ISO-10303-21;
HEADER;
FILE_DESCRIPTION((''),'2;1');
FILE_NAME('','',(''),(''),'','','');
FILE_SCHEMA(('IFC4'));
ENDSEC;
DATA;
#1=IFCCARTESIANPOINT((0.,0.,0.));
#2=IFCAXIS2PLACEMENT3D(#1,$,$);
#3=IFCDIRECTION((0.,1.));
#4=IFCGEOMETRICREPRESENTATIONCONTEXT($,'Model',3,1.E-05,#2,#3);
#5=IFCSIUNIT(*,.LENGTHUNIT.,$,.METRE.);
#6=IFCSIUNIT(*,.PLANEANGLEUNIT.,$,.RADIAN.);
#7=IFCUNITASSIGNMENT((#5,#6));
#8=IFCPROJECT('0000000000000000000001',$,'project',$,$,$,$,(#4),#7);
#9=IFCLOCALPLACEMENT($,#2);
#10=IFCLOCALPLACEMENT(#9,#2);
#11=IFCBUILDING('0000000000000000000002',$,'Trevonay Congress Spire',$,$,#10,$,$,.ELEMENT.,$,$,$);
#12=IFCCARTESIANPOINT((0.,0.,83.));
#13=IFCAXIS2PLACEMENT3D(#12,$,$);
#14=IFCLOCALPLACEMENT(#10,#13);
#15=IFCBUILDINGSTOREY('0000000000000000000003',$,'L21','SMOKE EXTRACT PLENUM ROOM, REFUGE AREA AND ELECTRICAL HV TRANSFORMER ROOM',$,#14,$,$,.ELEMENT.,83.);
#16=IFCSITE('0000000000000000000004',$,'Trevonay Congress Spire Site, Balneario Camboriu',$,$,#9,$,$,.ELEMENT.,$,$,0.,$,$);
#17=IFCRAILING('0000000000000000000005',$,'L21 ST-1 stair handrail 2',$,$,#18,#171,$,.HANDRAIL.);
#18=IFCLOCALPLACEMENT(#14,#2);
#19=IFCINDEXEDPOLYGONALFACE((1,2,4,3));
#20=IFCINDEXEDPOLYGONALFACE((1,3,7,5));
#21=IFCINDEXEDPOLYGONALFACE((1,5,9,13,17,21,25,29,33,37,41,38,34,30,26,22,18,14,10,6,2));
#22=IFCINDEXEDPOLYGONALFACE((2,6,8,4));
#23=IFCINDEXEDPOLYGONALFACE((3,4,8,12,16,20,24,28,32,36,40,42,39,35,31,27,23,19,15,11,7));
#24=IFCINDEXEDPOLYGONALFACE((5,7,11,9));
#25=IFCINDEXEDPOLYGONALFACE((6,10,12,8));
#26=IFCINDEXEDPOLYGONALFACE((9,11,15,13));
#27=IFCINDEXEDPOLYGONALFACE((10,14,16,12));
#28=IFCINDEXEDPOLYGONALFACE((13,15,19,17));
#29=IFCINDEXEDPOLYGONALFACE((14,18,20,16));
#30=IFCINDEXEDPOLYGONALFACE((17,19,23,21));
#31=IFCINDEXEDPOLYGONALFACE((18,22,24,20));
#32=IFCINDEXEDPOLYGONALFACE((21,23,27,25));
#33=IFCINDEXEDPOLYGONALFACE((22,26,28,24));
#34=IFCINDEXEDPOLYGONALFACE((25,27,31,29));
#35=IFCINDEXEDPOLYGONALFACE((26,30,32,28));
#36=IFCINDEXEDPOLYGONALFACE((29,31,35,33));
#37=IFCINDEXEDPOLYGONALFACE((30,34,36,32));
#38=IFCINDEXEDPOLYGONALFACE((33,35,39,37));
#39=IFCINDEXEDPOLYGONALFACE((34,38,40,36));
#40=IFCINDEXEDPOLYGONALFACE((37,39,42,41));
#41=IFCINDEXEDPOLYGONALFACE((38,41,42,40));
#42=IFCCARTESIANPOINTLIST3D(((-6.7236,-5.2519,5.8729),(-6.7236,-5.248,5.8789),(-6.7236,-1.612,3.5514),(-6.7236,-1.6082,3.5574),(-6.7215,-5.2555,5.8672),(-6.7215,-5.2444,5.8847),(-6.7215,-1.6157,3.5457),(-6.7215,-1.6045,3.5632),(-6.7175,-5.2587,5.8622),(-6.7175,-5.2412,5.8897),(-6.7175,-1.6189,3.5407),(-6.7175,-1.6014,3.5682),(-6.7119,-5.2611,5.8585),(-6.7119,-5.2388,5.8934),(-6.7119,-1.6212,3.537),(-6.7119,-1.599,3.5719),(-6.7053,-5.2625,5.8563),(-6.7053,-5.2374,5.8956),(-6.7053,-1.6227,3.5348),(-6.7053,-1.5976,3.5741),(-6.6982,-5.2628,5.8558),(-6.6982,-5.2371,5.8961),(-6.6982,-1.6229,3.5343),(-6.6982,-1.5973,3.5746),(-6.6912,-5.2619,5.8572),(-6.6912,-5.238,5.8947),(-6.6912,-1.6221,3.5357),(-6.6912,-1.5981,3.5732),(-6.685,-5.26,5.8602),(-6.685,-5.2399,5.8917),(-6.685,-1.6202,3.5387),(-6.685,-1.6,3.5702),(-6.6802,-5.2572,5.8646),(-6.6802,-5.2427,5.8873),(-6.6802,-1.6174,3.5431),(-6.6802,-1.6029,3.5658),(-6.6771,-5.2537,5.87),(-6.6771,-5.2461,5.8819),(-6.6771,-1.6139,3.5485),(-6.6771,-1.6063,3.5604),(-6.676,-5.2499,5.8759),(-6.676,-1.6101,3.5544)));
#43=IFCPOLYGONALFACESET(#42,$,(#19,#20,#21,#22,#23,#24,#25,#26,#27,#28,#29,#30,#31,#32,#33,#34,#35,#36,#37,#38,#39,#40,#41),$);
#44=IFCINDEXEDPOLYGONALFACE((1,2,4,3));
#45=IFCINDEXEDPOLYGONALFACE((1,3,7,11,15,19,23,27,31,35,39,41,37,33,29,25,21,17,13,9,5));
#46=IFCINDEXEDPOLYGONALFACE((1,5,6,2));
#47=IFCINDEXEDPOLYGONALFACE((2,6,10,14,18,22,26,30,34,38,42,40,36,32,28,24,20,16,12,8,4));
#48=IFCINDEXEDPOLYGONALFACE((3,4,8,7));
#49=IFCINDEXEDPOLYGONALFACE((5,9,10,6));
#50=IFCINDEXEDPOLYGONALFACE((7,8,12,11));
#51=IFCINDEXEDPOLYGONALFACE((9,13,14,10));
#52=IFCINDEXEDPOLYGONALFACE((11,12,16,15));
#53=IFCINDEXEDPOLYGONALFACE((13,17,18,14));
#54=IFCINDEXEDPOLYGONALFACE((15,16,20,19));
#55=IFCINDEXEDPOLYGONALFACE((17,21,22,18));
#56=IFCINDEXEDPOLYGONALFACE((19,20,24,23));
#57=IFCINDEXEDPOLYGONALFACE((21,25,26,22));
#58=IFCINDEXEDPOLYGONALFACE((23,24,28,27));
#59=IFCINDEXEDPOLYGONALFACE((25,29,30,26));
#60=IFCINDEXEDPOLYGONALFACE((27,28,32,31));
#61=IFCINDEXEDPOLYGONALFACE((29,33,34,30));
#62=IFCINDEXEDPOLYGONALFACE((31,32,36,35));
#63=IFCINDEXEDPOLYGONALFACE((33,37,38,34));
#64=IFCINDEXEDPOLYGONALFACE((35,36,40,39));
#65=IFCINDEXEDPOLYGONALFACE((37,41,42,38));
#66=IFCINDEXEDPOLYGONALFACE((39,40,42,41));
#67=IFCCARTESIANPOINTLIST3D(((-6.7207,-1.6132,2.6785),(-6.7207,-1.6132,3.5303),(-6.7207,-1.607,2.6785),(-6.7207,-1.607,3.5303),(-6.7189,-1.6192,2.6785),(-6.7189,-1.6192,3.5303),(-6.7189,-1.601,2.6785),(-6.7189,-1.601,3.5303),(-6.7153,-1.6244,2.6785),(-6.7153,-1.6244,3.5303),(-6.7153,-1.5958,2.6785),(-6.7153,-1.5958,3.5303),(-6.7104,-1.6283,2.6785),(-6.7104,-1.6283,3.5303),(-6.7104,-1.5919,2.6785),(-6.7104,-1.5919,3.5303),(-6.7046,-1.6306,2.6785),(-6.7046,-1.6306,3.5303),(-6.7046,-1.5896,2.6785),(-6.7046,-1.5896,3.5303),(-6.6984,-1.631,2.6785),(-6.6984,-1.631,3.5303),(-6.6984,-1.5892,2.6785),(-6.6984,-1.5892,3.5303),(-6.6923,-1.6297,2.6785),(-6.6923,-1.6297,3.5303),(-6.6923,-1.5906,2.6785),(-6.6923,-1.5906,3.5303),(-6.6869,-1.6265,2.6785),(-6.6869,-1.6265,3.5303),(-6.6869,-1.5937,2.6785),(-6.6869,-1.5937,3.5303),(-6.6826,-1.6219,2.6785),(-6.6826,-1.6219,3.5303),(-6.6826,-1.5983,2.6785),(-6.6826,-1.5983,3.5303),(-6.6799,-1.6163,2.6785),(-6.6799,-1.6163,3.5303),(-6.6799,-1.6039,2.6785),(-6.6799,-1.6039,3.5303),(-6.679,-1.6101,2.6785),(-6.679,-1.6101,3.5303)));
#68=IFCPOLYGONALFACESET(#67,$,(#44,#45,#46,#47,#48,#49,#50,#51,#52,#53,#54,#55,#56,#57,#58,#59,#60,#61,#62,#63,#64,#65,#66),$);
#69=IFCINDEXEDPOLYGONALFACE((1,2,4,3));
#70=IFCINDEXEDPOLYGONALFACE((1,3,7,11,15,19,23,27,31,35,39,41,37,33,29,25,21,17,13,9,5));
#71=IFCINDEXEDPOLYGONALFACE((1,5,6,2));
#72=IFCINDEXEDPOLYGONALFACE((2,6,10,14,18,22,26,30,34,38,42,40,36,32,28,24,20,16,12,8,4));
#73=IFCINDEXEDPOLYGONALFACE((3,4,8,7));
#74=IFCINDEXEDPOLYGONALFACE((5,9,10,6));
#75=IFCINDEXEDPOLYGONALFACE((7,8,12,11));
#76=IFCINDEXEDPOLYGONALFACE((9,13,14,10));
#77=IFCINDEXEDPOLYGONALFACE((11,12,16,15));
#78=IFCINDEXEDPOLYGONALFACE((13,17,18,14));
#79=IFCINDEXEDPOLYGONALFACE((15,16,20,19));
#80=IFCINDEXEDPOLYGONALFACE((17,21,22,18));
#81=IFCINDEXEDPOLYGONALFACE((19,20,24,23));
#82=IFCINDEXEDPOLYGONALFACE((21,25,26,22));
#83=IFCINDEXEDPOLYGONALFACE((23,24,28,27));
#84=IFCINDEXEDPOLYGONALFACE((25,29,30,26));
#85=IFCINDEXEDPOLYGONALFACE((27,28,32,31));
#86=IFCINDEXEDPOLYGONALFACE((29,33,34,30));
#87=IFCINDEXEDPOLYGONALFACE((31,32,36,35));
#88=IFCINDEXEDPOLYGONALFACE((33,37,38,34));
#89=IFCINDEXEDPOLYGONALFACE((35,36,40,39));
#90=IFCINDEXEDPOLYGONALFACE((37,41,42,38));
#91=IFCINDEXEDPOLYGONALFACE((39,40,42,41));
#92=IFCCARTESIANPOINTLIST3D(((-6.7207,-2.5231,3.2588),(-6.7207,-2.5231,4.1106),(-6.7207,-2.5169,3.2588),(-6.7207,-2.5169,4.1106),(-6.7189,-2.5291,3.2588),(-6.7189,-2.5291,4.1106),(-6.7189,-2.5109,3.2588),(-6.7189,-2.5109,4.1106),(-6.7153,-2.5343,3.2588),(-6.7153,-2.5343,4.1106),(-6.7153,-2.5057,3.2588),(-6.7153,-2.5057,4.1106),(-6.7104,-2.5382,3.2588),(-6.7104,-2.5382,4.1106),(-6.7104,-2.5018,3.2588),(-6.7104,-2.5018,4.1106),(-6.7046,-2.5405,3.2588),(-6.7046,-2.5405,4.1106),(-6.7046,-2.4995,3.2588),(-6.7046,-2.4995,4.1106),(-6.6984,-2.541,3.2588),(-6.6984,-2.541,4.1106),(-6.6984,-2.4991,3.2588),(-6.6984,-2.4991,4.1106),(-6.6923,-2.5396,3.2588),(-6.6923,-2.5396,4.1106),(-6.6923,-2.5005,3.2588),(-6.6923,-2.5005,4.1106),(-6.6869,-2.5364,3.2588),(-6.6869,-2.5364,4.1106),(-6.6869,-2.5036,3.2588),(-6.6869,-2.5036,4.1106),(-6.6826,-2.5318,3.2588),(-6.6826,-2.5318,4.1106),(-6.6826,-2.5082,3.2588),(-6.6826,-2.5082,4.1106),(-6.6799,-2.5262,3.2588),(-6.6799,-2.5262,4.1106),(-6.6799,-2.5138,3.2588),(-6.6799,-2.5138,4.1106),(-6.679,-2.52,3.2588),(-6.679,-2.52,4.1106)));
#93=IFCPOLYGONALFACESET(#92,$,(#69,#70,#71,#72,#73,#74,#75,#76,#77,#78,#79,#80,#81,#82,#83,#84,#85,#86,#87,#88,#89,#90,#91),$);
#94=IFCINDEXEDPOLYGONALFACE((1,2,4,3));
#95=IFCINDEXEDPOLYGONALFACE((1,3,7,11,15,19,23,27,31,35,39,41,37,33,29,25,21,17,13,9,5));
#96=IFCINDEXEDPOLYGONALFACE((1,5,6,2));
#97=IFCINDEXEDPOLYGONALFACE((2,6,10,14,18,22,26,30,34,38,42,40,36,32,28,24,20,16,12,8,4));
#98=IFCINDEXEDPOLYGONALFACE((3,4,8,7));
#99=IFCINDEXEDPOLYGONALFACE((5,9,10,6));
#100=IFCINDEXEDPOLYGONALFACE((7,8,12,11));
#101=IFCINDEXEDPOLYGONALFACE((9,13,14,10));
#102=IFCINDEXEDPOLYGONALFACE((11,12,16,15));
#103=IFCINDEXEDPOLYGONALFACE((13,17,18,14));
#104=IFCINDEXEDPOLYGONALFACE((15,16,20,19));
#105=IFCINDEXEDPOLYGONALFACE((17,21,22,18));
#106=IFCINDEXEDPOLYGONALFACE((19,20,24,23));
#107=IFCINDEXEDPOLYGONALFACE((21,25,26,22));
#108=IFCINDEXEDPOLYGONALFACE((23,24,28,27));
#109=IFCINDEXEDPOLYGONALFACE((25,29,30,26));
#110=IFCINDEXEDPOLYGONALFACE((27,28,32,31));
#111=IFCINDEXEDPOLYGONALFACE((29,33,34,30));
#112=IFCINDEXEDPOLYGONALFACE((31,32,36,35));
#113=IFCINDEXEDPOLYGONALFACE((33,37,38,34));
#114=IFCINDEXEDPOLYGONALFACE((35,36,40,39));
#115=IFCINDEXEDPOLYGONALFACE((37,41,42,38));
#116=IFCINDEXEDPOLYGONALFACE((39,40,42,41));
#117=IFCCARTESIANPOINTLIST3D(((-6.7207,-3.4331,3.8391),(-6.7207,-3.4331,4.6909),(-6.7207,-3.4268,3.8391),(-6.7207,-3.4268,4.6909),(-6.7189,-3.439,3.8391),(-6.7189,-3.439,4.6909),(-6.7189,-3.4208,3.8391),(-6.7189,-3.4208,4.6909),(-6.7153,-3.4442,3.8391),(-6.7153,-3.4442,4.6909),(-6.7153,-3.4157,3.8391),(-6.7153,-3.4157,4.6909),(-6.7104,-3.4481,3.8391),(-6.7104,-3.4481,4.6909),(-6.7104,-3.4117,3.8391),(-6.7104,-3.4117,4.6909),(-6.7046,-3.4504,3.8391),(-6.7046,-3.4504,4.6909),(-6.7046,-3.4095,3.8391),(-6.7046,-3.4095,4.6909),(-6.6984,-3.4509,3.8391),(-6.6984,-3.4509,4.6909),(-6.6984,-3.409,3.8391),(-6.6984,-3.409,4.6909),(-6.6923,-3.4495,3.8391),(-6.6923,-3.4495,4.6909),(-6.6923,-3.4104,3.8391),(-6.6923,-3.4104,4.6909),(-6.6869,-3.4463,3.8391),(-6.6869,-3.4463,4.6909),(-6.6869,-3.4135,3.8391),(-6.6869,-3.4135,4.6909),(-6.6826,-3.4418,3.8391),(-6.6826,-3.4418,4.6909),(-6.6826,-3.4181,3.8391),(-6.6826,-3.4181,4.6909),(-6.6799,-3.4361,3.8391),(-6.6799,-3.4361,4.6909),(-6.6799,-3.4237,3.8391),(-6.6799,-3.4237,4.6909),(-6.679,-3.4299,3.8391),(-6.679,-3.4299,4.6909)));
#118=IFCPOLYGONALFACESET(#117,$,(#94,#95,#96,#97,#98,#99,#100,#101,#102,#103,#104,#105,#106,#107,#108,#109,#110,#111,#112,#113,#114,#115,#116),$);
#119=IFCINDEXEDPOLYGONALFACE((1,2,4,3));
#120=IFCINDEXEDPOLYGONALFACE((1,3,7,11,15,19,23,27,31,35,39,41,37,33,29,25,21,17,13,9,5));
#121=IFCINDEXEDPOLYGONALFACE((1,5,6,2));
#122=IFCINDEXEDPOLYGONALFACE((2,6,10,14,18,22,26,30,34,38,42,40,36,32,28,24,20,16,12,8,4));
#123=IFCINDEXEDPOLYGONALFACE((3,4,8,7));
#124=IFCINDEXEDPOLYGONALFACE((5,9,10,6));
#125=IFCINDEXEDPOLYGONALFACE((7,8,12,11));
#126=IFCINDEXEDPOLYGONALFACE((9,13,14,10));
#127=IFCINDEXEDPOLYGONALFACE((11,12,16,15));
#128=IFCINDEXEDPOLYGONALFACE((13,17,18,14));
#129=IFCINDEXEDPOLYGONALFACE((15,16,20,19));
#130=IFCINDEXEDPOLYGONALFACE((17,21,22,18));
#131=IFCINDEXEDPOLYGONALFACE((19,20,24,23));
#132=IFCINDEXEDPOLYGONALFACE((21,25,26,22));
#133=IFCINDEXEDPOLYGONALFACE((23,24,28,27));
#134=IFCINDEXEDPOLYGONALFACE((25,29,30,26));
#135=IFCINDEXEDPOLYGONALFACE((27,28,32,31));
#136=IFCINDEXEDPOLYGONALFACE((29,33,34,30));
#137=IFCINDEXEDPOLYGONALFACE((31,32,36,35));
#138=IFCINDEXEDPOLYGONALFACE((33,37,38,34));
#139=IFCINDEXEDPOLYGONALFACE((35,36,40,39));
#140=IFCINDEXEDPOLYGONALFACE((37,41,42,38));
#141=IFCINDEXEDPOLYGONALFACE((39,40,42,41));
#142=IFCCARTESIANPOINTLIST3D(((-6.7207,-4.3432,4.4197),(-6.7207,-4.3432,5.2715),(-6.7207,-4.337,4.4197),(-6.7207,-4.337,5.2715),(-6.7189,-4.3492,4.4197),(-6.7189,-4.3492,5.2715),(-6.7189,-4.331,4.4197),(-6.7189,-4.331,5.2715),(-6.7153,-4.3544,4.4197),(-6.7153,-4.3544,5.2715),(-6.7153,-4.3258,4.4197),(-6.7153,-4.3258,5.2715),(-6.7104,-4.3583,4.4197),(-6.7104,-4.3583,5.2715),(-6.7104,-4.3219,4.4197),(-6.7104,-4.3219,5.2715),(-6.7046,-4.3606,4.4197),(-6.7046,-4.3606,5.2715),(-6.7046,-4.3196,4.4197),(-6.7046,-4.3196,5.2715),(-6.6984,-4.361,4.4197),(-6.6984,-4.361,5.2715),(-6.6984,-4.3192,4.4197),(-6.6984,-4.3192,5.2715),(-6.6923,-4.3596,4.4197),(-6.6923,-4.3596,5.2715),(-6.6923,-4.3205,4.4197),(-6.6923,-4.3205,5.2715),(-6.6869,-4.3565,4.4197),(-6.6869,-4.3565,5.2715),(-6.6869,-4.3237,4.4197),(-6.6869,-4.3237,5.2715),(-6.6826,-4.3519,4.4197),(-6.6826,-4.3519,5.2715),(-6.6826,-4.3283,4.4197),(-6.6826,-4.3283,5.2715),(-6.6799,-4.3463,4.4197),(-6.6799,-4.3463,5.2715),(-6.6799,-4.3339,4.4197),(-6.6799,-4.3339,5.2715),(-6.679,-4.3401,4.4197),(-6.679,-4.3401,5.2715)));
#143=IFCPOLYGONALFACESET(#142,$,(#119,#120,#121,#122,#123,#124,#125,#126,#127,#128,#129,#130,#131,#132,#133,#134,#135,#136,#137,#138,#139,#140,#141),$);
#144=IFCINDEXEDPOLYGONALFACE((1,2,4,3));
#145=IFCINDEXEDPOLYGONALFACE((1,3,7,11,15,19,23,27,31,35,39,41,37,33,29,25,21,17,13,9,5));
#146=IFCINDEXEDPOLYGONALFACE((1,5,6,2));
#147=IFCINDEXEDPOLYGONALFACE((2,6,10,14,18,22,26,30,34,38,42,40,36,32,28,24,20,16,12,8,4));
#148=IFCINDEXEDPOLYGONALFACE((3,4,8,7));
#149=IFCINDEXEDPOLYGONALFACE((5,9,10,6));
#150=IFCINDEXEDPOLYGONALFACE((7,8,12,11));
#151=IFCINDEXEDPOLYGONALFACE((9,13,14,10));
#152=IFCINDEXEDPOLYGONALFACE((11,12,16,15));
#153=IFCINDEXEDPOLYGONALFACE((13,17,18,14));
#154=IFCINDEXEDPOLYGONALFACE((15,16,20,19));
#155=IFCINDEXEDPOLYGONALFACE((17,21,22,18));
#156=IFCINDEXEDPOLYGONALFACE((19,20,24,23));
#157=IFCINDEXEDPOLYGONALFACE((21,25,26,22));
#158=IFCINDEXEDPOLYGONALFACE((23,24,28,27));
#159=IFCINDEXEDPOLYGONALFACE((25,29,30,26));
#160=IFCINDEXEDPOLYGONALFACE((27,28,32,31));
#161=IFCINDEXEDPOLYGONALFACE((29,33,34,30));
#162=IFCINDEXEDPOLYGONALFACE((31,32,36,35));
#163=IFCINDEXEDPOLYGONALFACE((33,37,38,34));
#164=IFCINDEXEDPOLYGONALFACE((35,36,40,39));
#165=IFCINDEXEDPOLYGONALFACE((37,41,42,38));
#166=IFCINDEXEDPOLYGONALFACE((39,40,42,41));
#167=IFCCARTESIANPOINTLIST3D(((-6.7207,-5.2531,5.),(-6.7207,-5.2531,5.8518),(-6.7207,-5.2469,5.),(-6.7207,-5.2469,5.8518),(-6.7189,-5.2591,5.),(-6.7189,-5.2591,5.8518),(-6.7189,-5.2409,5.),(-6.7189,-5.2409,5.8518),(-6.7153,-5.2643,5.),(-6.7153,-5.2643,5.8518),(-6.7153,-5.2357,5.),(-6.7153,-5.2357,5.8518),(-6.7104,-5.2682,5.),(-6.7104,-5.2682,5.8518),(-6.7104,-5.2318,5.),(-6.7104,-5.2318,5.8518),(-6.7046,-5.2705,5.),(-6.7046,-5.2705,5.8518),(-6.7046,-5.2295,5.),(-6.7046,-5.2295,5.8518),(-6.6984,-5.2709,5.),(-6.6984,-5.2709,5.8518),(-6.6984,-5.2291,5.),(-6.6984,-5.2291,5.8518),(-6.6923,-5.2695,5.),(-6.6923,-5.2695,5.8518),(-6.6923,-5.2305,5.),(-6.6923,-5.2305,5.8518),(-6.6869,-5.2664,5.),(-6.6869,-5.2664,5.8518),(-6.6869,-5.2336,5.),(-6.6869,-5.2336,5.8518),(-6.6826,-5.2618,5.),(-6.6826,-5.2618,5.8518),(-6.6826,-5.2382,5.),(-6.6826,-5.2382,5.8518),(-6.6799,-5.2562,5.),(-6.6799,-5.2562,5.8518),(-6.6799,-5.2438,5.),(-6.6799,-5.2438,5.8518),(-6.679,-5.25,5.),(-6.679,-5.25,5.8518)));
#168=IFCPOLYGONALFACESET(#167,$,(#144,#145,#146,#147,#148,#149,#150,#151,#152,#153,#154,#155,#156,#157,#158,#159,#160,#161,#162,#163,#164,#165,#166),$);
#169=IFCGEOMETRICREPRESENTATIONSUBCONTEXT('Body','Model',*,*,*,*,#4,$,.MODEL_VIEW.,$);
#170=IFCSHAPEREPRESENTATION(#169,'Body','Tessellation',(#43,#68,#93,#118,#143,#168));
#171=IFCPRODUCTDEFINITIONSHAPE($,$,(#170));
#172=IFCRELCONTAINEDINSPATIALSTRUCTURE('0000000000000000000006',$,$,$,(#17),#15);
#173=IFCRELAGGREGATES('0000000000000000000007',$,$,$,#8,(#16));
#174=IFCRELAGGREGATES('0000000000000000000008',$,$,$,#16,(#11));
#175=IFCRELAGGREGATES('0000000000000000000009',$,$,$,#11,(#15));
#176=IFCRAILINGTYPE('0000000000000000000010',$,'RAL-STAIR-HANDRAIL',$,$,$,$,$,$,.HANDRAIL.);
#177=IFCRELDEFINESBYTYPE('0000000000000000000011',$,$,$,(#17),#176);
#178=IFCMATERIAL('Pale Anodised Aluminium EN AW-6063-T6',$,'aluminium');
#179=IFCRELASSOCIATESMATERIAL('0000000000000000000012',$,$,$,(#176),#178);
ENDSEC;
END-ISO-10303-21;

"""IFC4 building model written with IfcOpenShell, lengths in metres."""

from ifc_helpers import new_model, si_unit, direction, frame, origin, origin_2d, place, context, subcontext, project, spatial, circle, extrude, material, type_object, element, save


model = new_model("IFC4")

# Units and contexts
model_context = context("Model", 3, precision=1e-05, world=origin(), true_north=direction((0.0, 1.0)))
body_context = subcontext(model_context, "Body", "Model", "MODEL_VIEW")
ifc_project = project(units=[si_unit("LENGTHUNIT", "METRE"), si_unit("PLANEANGLEUNIT", "RADIAN")], contexts=[model_context])

# Site, building, storey
site_placement = place(None, origin())
site = spatial("IfcSite", under=ifc_project, at=site_placement, Name="Trevonay Congress Spire Site, Balneario Camboriu", CompositionType="ELEMENT", RefElevation=0.0)
building_placement = place(site_placement, origin())
building = spatial("IfcBuilding", under=site, at=building_placement, Name="Trevonay Congress Spire", CompositionType="ELEMENT")
storey_placement = place(building_placement, frame((0.0, 0.0, 83.0)))
storey = spatial("IfcBuildingStorey", under=building, at=storey_placement, Name="L21", Description="SMOKE EXTRACT PLENUM ROOM, REFUGE AREA AND ELECTRICAL HV TRANSFORMER ROOM", CompositionType="ELEMENT", Elevation=83.0)

# Shared definitions
ifc_material_1 = material(Name="Pale Anodised Aluminium EN AW-6063-T6", Category="aluminium")

# Railing
railing_type_1 = type_object("IfcRailingType", Name="RAL-STAIR-HANDRAIL", PredefinedType="HANDRAIL", material=ifc_material_1)
railing_1_placement = place(storey_placement, frame((-6.7, -1.6101, 2.6785)))
element("IfcRailing", 1, at=railing_1_placement, inside=storey, type_object=railing_type_1, Name="L21 ST-1 stair handrail 2", PredefinedType="HANDRAIL", context=body_context, shape_type="SweptSolid", body=[
    extrude(circle(Radius=0.0239, at=origin_2d()), frame((0.0, 0.0, 0.876), z_axis=(0.0, -0.843112, 0.537739), x_axis=(1.0, 0.0, 0.0)), (0.0, 0.0, 1.0), 4.3171),
    extrude(circle(Radius=0.021, at=origin_2d()), origin(), (0.0, 0.0, 1.0), 0.8518),
    extrude(circle(Radius=0.021, at=origin_2d()), frame((0.0, -0.9099, 0.5803)), (0.0, 0.0, 1.0), 0.8518),
    extrude(circle(Radius=0.021, at=origin_2d()), frame((0.0, -1.8198, 1.1606)), (0.0, 0.0, 1.0), 0.8518),
    extrude(circle(Radius=0.021, at=origin_2d()), frame((0.0, -2.73, 1.7412)), (0.0, 0.0, 1.0), 0.8518),
    extrude(circle(Radius=0.021, at=origin_2d()), frame((0.0, -3.6399, 2.3215)), (0.0, 0.0, 1.0), 0.8518),
])

save(model, "model.ifc")
